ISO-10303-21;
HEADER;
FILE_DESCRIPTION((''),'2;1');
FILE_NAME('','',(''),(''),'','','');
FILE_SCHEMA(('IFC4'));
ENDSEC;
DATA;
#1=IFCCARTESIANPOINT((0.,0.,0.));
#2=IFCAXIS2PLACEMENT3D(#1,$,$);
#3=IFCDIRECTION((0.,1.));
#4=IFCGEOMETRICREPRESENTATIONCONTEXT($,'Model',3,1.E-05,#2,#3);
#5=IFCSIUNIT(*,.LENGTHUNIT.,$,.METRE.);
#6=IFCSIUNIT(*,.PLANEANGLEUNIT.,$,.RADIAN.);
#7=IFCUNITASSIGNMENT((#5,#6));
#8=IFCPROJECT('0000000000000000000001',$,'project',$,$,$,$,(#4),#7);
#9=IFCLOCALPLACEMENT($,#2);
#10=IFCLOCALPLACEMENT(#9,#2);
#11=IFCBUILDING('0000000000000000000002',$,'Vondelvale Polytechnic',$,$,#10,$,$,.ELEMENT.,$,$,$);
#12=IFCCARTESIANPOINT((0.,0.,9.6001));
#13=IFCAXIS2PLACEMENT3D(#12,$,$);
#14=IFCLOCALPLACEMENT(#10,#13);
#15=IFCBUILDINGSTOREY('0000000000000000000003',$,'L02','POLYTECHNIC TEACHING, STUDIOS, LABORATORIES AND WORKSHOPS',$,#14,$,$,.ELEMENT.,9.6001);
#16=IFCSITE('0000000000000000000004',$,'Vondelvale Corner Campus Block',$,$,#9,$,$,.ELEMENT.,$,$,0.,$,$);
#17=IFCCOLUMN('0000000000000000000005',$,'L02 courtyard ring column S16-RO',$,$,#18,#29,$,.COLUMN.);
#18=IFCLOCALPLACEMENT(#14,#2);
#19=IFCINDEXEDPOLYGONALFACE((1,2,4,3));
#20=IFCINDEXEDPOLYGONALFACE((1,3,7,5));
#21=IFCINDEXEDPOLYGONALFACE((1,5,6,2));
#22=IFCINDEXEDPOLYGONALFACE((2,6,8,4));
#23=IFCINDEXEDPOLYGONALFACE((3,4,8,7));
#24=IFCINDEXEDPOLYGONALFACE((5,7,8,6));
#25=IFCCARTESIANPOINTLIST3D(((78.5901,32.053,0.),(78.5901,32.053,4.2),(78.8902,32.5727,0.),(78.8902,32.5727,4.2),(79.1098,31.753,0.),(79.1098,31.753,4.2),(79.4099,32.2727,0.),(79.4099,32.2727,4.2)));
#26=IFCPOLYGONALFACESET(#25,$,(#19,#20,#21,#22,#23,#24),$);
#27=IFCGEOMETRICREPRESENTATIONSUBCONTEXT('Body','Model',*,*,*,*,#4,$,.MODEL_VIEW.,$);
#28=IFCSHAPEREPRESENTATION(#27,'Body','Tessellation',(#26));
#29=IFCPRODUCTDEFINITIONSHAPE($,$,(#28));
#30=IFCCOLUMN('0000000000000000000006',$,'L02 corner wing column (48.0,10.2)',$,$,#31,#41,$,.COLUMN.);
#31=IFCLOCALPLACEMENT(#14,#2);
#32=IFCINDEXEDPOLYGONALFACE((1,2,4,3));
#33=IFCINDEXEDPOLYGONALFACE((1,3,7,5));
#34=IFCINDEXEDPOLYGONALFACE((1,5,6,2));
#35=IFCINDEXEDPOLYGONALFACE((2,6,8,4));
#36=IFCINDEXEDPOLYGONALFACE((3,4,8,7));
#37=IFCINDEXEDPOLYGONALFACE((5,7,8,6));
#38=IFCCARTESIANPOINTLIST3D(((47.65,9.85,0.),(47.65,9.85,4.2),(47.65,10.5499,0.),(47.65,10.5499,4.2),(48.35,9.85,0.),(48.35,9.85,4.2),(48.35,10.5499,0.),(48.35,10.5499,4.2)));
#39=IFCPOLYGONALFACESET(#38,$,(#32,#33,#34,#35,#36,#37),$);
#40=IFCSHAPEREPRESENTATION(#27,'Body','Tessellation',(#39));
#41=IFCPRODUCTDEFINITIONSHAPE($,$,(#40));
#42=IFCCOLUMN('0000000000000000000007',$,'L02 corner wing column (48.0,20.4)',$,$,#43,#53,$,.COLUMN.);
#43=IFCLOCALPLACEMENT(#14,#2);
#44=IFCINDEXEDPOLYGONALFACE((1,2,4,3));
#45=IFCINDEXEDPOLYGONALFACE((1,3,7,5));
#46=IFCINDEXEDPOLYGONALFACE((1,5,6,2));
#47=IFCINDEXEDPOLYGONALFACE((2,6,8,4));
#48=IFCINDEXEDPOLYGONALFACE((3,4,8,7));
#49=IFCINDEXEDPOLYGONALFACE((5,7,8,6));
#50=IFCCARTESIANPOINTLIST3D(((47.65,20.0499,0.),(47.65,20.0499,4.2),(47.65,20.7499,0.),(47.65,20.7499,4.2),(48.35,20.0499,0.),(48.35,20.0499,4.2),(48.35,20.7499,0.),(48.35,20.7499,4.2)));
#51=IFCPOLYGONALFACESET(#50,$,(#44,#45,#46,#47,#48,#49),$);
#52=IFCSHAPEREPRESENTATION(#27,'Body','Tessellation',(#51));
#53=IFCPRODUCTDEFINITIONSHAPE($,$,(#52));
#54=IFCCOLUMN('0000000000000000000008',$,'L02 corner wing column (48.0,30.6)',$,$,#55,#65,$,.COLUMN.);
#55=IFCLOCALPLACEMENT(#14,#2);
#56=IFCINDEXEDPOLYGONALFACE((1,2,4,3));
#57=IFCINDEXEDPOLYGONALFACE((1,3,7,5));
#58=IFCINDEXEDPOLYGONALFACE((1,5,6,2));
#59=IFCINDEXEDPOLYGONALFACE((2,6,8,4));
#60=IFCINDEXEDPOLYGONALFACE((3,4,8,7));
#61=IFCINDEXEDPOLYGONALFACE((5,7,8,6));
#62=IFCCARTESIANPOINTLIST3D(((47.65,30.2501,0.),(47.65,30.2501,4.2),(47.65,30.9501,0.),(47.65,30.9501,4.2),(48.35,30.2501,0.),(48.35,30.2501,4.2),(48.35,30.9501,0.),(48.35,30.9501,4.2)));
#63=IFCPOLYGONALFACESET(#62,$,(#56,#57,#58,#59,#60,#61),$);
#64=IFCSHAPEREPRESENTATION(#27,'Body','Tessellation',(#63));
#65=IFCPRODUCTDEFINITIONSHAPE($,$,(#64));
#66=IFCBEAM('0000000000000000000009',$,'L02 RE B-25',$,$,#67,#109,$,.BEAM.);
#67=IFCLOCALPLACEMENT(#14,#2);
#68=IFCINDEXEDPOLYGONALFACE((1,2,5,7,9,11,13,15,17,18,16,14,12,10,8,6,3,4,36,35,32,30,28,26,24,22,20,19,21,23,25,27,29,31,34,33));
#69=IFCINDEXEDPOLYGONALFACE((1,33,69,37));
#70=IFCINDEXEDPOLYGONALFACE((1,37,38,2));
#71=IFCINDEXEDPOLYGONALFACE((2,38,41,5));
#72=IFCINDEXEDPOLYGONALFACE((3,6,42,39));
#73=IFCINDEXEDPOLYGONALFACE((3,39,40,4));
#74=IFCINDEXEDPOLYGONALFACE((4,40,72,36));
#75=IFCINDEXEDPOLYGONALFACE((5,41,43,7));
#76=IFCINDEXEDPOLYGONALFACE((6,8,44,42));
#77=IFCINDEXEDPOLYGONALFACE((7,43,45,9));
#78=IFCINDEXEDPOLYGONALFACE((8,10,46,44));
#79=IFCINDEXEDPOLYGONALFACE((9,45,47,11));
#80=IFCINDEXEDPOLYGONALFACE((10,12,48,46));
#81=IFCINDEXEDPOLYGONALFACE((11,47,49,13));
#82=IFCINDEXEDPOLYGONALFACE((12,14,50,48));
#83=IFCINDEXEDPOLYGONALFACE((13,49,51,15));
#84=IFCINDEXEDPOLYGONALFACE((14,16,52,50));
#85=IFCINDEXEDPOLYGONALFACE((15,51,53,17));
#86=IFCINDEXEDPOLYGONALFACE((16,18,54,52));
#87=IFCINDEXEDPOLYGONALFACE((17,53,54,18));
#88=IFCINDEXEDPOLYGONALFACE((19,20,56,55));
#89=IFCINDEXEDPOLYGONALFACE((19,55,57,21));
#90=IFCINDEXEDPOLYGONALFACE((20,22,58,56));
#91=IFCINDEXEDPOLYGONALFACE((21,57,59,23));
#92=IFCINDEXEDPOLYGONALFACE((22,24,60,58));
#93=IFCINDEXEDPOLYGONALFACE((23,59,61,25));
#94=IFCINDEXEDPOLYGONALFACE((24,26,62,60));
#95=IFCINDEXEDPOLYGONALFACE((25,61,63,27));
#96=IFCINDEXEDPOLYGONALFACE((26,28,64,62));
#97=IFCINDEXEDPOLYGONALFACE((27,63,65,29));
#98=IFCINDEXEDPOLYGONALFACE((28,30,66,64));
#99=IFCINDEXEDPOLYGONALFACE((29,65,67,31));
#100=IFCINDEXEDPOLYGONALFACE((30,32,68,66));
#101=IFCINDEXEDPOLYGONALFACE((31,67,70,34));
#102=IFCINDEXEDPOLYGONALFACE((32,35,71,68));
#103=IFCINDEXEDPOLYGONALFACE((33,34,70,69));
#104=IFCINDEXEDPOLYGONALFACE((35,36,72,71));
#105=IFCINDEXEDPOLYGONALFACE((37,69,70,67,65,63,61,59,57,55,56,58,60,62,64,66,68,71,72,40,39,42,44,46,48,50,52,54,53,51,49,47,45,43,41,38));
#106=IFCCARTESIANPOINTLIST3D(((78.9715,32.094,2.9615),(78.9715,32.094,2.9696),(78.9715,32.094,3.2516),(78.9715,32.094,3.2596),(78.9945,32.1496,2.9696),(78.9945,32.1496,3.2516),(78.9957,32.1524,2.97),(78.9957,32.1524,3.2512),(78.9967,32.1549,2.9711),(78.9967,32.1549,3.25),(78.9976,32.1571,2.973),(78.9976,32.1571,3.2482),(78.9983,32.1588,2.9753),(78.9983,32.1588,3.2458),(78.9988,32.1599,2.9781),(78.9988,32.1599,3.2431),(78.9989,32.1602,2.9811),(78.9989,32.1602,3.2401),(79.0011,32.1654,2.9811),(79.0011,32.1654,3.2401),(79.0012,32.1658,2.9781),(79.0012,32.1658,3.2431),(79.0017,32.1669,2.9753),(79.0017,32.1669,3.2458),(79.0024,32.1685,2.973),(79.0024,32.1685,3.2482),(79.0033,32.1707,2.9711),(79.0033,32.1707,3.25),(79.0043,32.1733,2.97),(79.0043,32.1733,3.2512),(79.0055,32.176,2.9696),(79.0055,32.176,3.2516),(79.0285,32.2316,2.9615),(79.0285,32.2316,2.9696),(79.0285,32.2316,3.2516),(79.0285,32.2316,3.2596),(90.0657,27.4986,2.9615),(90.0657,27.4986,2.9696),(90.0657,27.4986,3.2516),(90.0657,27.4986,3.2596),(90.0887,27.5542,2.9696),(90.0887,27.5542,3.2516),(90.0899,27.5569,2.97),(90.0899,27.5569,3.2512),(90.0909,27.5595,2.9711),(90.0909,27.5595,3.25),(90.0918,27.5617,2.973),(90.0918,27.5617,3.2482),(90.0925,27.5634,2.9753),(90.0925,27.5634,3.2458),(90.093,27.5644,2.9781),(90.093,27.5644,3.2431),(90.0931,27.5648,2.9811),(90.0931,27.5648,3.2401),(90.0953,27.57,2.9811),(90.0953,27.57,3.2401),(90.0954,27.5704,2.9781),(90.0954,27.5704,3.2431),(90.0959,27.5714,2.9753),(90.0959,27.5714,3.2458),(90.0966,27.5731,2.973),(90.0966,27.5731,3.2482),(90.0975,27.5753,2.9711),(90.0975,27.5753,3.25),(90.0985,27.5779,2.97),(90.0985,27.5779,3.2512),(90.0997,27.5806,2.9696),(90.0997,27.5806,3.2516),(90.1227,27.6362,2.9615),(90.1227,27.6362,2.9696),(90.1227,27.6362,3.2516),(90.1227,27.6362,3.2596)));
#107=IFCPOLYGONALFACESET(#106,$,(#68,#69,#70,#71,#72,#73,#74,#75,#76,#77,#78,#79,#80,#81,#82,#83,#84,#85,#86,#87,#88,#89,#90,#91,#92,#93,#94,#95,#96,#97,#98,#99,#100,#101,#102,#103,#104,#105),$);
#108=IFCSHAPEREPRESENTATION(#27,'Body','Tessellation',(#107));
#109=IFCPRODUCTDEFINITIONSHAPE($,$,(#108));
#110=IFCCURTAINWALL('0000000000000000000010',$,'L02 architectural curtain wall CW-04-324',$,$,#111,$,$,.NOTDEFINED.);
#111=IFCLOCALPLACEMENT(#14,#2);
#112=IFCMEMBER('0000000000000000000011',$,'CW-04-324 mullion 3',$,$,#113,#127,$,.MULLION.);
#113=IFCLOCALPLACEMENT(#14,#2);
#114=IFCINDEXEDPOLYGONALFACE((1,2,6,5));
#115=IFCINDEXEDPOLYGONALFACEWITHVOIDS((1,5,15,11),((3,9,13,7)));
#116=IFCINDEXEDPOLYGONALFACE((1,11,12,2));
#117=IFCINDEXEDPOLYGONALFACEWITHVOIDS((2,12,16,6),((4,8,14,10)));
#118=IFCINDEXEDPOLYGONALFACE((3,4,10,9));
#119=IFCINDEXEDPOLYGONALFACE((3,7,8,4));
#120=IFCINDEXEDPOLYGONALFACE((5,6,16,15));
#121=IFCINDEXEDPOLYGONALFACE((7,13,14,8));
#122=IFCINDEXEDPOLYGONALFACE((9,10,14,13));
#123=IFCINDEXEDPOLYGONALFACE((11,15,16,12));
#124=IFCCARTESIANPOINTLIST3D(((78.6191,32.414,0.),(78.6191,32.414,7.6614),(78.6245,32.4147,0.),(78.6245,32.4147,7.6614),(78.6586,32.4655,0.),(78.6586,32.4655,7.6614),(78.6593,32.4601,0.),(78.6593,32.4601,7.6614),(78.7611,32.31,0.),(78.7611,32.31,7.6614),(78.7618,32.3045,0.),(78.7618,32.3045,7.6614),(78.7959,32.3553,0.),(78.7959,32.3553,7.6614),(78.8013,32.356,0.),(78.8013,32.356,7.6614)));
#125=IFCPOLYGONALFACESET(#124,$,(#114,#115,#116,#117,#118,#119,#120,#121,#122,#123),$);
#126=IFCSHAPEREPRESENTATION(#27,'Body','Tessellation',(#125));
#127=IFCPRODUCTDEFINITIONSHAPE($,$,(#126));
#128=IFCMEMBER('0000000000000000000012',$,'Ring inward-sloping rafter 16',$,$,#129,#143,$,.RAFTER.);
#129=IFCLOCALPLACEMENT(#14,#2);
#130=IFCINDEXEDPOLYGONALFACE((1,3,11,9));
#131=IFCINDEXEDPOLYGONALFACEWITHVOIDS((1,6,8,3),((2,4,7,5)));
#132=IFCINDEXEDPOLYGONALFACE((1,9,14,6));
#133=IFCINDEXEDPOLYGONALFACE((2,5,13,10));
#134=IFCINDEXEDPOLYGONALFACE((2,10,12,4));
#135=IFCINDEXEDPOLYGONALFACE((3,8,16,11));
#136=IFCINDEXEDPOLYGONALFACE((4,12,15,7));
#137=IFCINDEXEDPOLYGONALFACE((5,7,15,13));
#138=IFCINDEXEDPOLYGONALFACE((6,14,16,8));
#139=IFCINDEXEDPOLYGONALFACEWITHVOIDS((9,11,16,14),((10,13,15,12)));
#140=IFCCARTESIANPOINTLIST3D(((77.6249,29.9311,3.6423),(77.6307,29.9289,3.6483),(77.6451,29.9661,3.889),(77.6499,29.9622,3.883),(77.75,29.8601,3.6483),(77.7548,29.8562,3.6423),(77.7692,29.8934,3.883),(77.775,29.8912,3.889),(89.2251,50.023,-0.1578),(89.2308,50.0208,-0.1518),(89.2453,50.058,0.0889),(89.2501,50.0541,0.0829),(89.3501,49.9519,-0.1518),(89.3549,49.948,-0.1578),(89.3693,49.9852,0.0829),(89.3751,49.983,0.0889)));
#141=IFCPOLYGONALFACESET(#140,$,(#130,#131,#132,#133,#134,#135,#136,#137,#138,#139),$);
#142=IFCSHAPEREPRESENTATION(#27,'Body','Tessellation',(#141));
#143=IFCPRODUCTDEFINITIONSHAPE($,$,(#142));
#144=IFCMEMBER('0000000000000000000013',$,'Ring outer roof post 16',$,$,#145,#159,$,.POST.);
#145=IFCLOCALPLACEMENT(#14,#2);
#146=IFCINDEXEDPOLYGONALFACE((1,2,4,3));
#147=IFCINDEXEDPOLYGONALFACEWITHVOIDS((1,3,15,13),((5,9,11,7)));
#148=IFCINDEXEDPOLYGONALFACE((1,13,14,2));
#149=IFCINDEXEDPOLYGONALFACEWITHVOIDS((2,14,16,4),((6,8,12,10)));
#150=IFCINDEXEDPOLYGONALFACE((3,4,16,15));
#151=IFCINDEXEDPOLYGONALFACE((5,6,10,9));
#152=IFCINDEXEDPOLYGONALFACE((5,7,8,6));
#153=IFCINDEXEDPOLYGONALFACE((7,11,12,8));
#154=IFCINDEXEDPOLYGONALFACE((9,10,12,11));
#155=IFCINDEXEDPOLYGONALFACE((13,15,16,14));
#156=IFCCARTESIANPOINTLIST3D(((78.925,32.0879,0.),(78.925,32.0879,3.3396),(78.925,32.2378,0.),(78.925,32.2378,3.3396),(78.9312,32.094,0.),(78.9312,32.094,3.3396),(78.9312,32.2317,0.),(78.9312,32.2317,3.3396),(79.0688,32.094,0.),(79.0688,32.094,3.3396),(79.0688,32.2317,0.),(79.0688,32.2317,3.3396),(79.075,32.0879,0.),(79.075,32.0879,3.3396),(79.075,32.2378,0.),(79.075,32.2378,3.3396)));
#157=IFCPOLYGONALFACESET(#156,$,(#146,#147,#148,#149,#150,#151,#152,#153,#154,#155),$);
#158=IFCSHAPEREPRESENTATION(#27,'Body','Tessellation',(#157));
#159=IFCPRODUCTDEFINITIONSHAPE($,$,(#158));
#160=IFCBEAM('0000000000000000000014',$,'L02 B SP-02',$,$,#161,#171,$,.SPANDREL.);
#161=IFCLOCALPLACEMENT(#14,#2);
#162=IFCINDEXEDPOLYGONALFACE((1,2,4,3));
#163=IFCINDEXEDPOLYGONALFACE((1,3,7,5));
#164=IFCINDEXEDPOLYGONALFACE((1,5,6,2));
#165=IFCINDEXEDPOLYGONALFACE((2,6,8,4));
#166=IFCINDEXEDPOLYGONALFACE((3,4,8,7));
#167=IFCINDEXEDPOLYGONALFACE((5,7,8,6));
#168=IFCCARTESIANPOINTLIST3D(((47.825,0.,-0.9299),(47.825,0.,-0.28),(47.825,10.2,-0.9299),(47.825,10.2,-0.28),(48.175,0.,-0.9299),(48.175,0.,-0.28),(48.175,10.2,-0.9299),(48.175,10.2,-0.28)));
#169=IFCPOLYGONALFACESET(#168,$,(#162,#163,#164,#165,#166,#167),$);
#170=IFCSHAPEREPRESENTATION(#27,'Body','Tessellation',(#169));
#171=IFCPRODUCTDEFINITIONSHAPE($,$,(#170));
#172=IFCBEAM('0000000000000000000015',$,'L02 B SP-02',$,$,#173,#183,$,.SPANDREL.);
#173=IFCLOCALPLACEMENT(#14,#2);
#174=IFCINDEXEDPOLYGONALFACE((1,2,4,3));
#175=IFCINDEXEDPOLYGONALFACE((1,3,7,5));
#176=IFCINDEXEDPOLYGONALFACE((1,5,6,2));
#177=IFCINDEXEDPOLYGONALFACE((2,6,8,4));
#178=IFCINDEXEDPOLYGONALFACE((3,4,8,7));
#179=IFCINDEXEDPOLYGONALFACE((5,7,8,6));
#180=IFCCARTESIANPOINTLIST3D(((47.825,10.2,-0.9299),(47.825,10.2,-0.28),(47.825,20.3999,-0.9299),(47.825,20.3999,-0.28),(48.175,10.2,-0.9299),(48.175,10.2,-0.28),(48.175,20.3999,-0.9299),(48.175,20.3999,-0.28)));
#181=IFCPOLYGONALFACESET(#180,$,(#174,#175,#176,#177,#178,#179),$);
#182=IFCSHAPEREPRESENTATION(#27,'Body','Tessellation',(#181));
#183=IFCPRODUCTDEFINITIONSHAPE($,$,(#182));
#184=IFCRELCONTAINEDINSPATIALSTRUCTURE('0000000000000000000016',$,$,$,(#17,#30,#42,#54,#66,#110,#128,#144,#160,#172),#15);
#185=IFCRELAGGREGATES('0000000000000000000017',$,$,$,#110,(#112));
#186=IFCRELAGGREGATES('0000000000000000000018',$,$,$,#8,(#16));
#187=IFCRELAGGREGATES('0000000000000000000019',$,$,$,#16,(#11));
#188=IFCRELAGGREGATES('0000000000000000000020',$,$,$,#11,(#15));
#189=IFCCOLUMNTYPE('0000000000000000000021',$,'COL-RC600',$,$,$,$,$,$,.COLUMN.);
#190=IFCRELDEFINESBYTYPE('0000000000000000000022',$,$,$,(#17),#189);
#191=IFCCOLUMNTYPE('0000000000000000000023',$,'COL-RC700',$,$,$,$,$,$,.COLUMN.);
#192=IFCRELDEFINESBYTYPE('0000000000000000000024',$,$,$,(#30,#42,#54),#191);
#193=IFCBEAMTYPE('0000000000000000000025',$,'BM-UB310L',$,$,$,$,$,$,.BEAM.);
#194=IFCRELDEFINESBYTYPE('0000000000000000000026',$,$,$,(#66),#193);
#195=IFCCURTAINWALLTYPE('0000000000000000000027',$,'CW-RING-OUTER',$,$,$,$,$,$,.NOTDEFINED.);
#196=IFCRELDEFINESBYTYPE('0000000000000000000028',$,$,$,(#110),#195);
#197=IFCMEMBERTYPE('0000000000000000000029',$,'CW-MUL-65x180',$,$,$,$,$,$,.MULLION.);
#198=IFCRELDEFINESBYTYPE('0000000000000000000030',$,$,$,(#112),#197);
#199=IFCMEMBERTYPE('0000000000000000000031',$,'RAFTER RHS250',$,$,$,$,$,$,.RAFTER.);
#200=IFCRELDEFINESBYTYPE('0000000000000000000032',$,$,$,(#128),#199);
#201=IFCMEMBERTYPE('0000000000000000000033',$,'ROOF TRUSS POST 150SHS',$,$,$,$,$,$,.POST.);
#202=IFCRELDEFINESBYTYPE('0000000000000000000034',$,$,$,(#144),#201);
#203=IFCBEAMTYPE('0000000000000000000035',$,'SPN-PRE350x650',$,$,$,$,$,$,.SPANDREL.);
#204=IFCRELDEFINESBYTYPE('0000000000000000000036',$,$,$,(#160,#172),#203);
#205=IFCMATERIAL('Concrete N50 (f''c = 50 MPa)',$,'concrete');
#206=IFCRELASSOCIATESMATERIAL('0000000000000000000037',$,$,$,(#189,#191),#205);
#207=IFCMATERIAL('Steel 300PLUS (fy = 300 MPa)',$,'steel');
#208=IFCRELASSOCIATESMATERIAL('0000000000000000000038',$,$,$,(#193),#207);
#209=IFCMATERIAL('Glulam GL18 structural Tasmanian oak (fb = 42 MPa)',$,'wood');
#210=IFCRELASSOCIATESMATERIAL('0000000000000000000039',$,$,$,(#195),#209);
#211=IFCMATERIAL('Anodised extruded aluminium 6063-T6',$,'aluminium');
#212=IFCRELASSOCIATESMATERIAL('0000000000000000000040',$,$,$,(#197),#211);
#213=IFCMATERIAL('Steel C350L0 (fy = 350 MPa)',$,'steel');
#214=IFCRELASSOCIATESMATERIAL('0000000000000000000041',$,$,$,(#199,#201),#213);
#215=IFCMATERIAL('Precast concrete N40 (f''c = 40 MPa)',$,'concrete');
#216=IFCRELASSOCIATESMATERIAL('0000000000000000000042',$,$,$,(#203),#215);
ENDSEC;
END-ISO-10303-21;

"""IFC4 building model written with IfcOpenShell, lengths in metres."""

from ifc_helpers import new_model, si_unit, direction, frame, origin, origin_2d, place, context, subcontext, project, spatial, rectangle, hollow_rectangle, i_section, extrude, material, material_profile, profile_set, type_object, element, aggregate, save


model = new_model("IFC4")

# Units and contexts
model_context = context("Model", 3, precision=1e-05, world=origin(), true_north=direction((0.0, 1.0)))
body_context = subcontext(model_context, "Body", "Model", "MODEL_VIEW")
ifc_project = project(units=[si_unit("LENGTHUNIT", "METRE"), si_unit("PLANEANGLEUNIT", "RADIAN")], contexts=[model_context])

# Site, building, storey
site_placement = place(None, origin())
site = spatial("IfcSite", under=ifc_project, at=site_placement, Name="Vondelvale Corner Campus Block", CompositionType="ELEMENT", RefElevation=0.0)
building_placement = place(site_placement, origin())
building = spatial("IfcBuilding", under=site, at=building_placement, Name="Vondelvale Polytechnic", CompositionType="ELEMENT")
storey_placement = place(building_placement, frame((0.0, 0.0, 9.6001)))
storey = spatial("IfcBuildingStorey", under=building, at=storey_placement, Name="L02", Description="POLYTECHNIC TEACHING, STUDIOS, LABORATORIES AND WORKSHOPS", CompositionType="ELEMENT", Elevation=9.6001)

# Columns
ifc_material_1 = material(Name="Concrete N50 (f'c = 50 MPa)", Category="concrete")
ifc_material_profile_1 = material_profile(ifc_material_1, rectangle(XDim=0.6001, YDim=0.6001, at=origin_2d()), Name="RC-COL-600x600")
ifc_profile_set_1 = profile_set([ifc_material_profile_1], Name="Concrete N50 (f'c = 50 MPa)")
column_type_1 = type_object("IfcColumnType", Name="COL-RC600", PredefinedType="COLUMN", material=ifc_profile_set_1)
column_placement = place(storey_placement, frame((79.0, 32.1628, 0.0), z_axis=(0.0, 0.0, 1.0), x_axis=(0.5, 0.866025, 0.0)))
element("IfcColumn", 1, at=column_placement, inside=storey, type_object=column_type_1, Name="L02 courtyard ring column S16-RO", PredefinedType="COLUMN", context=body_context, shape_type="SweptSolid", body=[
    extrude(rectangle(XDim=0.6001, YDim=0.6001, at=origin_2d()), origin(), (0.0, 0.0, 1.0), 4.2),
])
ifc_material_profile_2 = material_profile(ifc_material_1, rectangle(XDim=0.7, YDim=0.7, at=origin_2d()), Name="RC-COL-700x700")
ifc_profile_set_2 = profile_set([ifc_material_profile_2], Name="Concrete N50 (f'c = 50 MPa)")
column_type_2 = type_object("IfcColumnType", Name="COL-RC700", PredefinedType="COLUMN", material=ifc_profile_set_2)
for number, where, z_axis, x_axis, name in (
    (2, (48.0, 10.2, 0.0), (0.0, 0.0, 1.0), (1.0, 0.0, 0.0), "L02 corner wing column (48.0,10.2)"),
    (3, (48.0, 20.3999, 0.0), (0.0, 0.0, 1.0), (1.0, 0.0, 0.0), "L02 corner wing column (48.0,20.4)"),
    (4, (48.0, 30.6001, 0.0), (0.0, 0.0, 1.0), (1.0, 0.0, 0.0), "L02 corner wing column (48.0,30.6)"),
):
    element("IfcColumn", number, at=place(storey_placement, frame(where, z_axis=z_axis, x_axis=x_axis)), inside=storey, type_object=column_type_2, Name=name, PredefinedType="COLUMN", context=body_context, shape_type="SweptSolid", body=[
        extrude(rectangle(XDim=0.7, YDim=0.7, at=origin_2d()), origin(), (0.0, 0.0, 1.0), 4.2),
    ])

# Beam
ifc_material_2 = material(Name="Steel 300PLUS (fy = 300 MPa)", Category="steel")
ifc_material_profile_3 = material_profile(ifc_material_2, i_section(OverallWidth=0.1489, OverallDepth=0.2981, WebThickness=0.0056, FlangeThickness=0.0081, FilletRadius=0.0115, at=origin_2d()), Name="310UB32.0")
ifc_profile_set_3 = profile_set([ifc_material_profile_3], Name="Steel 300PLUS (fy = 300 MPa)")
beam_type_1 = type_object("IfcBeamType", Name="BM-UB310L", PredefinedType="BEAM", material=ifc_profile_set_3)
beam_1_placement = place(storey_placement, frame((79.0, 32.1628, 3.1106), z_axis=(0.923877, -0.382689, 0.0), x_axis=(0.382689, 0.923877, 0.0)))
element("IfcBeam", 5, at=beam_1_placement, inside=storey, type_object=beam_type_1, Name="L02 RE B-25", PredefinedType="BEAM", context=body_context, shape_type="SweptSolid", body=[
    extrude(i_section(OverallWidth=0.1489, OverallDepth=0.2981, WebThickness=0.0056, FlangeThickness=0.0081, FilletRadius=0.0115, at=origin_2d()), origin(), (0.0, 0.0, 1.0), 12.0083),
])

# Curtain wall, member
ifc_material_3 = material(Name="Glulam GL18 structural Tasmanian oak (fb = 42 MPa)", Category="wood")
curtain_wall_type = type_object("IfcCurtainWallType", Name="CW-RING-OUTER", PredefinedType="NOTDEFINED", material=ifc_material_3)
curtain_wall_placement = place(storey_placement, origin())
curtain_wall = element("IfcCurtainWall", 6, at=curtain_wall_placement, inside=storey, type_object=curtain_wall_type, Name="L02 architectural curtain wall CW-04-324", PredefinedType="NOTDEFINED")
ifc_material_4 = material(Name="Anodised extruded aluminium 6063-T6", Category="aluminium")
ifc_material_profile_4 = material_profile(ifc_material_4, hollow_rectangle(XDim=0.0649, YDim=0.1799, WallThickness=0.0039, at=origin_2d()), Name="CW-MUL-180x65")
ifc_profile_set_4 = profile_set([ifc_material_profile_4], Name="Anodised extruded aluminium 6063-T6")
member_type_1 = type_object("IfcMemberType", Name="CW-MUL-65x180", PredefinedType="MULLION", material=ifc_profile_set_4)
member_1_placement = place(storey_placement, frame((78.7102, 32.385, 0.0), z_axis=(0.0, 0.0, 1.0), x_axis=(0.608787, 0.793334, 0.0)))
member_1 = element("IfcMember", 7, at=member_1_placement, type_object=member_type_1, Name="CW-04-324 mullion 3", PredefinedType="MULLION", context=body_context, shape_type="SweptSolid", body=[
    extrude(hollow_rectangle(XDim=0.0649, YDim=0.1799, WallThickness=0.0039, at=origin_2d()), origin(), (0.0, 0.0, 1.0), 7.6614),
])
aggregate(curtain_wall, [member_1])

# Members
ifc_material_5 = material(Name="Steel C350L0 (fy = 350 MPa)", Category="steel")
ifc_material_profile_5 = material_profile(ifc_material_5, hollow_rectangle(XDim=0.1499, YDim=0.25, WallThickness=0.0061, at=origin_2d()), Name="250x150x6.0RHS")
ifc_profile_set_5 = profile_set([ifc_material_profile_5], Name="Steel C350L0 (fy = 350 MPa)")
member_type_2 = type_object("IfcMemberType", Name="RAFTER RHS250", PredefinedType="RAFTER", material=ifc_profile_set_5)
member_2_placement = place(storey_placement, frame((77.7, 29.9111, 3.7656), z_axis=(0.493428, 0.854635, -0.161641), x_axis=(-0.866024, 0.500003, 0.0)))
element("IfcMember", 8, at=member_2_placement, inside=storey, type_object=member_type_2, Name="Ring inward-sloping rafter 16", PredefinedType="RAFTER", context=body_context, shape_type="SweptSolid", body=[
    extrude(hollow_rectangle(XDim=0.1499, YDim=0.25, WallThickness=0.0061, at=origin_2d()), origin(), (0.0, 0.0, 1.0), 23.5093),
])
ifc_material_profile_6 = material_profile(ifc_material_5, hollow_rectangle(XDim=0.1499, YDim=0.1499, WallThickness=0.0061, at=origin_2d()), Name="150x150x6.0SHS")
ifc_profile_set_6 = profile_set([ifc_material_profile_6], Name="Steel C350L0 (fy = 350 MPa)")
member_type_3 = type_object("IfcMemberType", Name="ROOF TRUSS POST 150SHS", PredefinedType="POST", material=ifc_profile_set_6)
member_3_placement = place(storey_placement, frame((79.0, 32.1628, 0.0), z_axis=(0.0, 0.0, 1.0), x_axis=(1.0, 0.0, 0.0)))
element("IfcMember", 9, at=member_3_placement, inside=storey, type_object=member_type_3, Name="Ring outer roof post 16", PredefinedType="POST", context=body_context, shape_type="SweptSolid", body=[
    extrude(hollow_rectangle(XDim=0.1499, YDim=0.1499, WallThickness=0.0061, at=origin_2d()), origin(), (0.0, 0.0, 1.0), 3.3396),
])

# Beams
ifc_material_6 = material(Name="Precast concrete N40 (f'c = 40 MPa)", Category="concrete")
ifc_material_profile_7 = material_profile(ifc_material_6, rectangle(XDim=0.3501, YDim=0.6499, at=origin_2d()), Name="RC-SPN-350x650")
ifc_profile_set_7 = profile_set([ifc_material_profile_7], Name="Precast concrete N40 (f'c = 40 MPa)")
beam_type_2 = type_object("IfcBeamType", Name="SPN-PRE350x650", PredefinedType="SPANDREL", material=ifc_profile_set_7)
for number, where, z_axis, x_axis, name in (
    (10, (48.0, 0.0, -0.605), (0.0, 1.0, 0.0), (-1.0, 0.0, 0.0), "L02 B SP-02"),
    (11, (48.0, 10.2, -0.605), (0.0, 1.0, 0.0), (-1.0, 0.0, 0.0), "L02 B SP-02"),
):
    element("IfcBeam", number, at=place(storey_placement, frame(where, z_axis=z_axis, x_axis=x_axis)), inside=storey, type_object=beam_type_2, Name=name, PredefinedType="SPANDREL", context=body_context, shape_type="SweptSolid", body=[
        extrude(rectangle(XDim=0.3501, YDim=0.6499, at=origin_2d()), origin(), (0.0, 0.0, 1.0), 10.2),
    ])

save(model, "model.ifc")
